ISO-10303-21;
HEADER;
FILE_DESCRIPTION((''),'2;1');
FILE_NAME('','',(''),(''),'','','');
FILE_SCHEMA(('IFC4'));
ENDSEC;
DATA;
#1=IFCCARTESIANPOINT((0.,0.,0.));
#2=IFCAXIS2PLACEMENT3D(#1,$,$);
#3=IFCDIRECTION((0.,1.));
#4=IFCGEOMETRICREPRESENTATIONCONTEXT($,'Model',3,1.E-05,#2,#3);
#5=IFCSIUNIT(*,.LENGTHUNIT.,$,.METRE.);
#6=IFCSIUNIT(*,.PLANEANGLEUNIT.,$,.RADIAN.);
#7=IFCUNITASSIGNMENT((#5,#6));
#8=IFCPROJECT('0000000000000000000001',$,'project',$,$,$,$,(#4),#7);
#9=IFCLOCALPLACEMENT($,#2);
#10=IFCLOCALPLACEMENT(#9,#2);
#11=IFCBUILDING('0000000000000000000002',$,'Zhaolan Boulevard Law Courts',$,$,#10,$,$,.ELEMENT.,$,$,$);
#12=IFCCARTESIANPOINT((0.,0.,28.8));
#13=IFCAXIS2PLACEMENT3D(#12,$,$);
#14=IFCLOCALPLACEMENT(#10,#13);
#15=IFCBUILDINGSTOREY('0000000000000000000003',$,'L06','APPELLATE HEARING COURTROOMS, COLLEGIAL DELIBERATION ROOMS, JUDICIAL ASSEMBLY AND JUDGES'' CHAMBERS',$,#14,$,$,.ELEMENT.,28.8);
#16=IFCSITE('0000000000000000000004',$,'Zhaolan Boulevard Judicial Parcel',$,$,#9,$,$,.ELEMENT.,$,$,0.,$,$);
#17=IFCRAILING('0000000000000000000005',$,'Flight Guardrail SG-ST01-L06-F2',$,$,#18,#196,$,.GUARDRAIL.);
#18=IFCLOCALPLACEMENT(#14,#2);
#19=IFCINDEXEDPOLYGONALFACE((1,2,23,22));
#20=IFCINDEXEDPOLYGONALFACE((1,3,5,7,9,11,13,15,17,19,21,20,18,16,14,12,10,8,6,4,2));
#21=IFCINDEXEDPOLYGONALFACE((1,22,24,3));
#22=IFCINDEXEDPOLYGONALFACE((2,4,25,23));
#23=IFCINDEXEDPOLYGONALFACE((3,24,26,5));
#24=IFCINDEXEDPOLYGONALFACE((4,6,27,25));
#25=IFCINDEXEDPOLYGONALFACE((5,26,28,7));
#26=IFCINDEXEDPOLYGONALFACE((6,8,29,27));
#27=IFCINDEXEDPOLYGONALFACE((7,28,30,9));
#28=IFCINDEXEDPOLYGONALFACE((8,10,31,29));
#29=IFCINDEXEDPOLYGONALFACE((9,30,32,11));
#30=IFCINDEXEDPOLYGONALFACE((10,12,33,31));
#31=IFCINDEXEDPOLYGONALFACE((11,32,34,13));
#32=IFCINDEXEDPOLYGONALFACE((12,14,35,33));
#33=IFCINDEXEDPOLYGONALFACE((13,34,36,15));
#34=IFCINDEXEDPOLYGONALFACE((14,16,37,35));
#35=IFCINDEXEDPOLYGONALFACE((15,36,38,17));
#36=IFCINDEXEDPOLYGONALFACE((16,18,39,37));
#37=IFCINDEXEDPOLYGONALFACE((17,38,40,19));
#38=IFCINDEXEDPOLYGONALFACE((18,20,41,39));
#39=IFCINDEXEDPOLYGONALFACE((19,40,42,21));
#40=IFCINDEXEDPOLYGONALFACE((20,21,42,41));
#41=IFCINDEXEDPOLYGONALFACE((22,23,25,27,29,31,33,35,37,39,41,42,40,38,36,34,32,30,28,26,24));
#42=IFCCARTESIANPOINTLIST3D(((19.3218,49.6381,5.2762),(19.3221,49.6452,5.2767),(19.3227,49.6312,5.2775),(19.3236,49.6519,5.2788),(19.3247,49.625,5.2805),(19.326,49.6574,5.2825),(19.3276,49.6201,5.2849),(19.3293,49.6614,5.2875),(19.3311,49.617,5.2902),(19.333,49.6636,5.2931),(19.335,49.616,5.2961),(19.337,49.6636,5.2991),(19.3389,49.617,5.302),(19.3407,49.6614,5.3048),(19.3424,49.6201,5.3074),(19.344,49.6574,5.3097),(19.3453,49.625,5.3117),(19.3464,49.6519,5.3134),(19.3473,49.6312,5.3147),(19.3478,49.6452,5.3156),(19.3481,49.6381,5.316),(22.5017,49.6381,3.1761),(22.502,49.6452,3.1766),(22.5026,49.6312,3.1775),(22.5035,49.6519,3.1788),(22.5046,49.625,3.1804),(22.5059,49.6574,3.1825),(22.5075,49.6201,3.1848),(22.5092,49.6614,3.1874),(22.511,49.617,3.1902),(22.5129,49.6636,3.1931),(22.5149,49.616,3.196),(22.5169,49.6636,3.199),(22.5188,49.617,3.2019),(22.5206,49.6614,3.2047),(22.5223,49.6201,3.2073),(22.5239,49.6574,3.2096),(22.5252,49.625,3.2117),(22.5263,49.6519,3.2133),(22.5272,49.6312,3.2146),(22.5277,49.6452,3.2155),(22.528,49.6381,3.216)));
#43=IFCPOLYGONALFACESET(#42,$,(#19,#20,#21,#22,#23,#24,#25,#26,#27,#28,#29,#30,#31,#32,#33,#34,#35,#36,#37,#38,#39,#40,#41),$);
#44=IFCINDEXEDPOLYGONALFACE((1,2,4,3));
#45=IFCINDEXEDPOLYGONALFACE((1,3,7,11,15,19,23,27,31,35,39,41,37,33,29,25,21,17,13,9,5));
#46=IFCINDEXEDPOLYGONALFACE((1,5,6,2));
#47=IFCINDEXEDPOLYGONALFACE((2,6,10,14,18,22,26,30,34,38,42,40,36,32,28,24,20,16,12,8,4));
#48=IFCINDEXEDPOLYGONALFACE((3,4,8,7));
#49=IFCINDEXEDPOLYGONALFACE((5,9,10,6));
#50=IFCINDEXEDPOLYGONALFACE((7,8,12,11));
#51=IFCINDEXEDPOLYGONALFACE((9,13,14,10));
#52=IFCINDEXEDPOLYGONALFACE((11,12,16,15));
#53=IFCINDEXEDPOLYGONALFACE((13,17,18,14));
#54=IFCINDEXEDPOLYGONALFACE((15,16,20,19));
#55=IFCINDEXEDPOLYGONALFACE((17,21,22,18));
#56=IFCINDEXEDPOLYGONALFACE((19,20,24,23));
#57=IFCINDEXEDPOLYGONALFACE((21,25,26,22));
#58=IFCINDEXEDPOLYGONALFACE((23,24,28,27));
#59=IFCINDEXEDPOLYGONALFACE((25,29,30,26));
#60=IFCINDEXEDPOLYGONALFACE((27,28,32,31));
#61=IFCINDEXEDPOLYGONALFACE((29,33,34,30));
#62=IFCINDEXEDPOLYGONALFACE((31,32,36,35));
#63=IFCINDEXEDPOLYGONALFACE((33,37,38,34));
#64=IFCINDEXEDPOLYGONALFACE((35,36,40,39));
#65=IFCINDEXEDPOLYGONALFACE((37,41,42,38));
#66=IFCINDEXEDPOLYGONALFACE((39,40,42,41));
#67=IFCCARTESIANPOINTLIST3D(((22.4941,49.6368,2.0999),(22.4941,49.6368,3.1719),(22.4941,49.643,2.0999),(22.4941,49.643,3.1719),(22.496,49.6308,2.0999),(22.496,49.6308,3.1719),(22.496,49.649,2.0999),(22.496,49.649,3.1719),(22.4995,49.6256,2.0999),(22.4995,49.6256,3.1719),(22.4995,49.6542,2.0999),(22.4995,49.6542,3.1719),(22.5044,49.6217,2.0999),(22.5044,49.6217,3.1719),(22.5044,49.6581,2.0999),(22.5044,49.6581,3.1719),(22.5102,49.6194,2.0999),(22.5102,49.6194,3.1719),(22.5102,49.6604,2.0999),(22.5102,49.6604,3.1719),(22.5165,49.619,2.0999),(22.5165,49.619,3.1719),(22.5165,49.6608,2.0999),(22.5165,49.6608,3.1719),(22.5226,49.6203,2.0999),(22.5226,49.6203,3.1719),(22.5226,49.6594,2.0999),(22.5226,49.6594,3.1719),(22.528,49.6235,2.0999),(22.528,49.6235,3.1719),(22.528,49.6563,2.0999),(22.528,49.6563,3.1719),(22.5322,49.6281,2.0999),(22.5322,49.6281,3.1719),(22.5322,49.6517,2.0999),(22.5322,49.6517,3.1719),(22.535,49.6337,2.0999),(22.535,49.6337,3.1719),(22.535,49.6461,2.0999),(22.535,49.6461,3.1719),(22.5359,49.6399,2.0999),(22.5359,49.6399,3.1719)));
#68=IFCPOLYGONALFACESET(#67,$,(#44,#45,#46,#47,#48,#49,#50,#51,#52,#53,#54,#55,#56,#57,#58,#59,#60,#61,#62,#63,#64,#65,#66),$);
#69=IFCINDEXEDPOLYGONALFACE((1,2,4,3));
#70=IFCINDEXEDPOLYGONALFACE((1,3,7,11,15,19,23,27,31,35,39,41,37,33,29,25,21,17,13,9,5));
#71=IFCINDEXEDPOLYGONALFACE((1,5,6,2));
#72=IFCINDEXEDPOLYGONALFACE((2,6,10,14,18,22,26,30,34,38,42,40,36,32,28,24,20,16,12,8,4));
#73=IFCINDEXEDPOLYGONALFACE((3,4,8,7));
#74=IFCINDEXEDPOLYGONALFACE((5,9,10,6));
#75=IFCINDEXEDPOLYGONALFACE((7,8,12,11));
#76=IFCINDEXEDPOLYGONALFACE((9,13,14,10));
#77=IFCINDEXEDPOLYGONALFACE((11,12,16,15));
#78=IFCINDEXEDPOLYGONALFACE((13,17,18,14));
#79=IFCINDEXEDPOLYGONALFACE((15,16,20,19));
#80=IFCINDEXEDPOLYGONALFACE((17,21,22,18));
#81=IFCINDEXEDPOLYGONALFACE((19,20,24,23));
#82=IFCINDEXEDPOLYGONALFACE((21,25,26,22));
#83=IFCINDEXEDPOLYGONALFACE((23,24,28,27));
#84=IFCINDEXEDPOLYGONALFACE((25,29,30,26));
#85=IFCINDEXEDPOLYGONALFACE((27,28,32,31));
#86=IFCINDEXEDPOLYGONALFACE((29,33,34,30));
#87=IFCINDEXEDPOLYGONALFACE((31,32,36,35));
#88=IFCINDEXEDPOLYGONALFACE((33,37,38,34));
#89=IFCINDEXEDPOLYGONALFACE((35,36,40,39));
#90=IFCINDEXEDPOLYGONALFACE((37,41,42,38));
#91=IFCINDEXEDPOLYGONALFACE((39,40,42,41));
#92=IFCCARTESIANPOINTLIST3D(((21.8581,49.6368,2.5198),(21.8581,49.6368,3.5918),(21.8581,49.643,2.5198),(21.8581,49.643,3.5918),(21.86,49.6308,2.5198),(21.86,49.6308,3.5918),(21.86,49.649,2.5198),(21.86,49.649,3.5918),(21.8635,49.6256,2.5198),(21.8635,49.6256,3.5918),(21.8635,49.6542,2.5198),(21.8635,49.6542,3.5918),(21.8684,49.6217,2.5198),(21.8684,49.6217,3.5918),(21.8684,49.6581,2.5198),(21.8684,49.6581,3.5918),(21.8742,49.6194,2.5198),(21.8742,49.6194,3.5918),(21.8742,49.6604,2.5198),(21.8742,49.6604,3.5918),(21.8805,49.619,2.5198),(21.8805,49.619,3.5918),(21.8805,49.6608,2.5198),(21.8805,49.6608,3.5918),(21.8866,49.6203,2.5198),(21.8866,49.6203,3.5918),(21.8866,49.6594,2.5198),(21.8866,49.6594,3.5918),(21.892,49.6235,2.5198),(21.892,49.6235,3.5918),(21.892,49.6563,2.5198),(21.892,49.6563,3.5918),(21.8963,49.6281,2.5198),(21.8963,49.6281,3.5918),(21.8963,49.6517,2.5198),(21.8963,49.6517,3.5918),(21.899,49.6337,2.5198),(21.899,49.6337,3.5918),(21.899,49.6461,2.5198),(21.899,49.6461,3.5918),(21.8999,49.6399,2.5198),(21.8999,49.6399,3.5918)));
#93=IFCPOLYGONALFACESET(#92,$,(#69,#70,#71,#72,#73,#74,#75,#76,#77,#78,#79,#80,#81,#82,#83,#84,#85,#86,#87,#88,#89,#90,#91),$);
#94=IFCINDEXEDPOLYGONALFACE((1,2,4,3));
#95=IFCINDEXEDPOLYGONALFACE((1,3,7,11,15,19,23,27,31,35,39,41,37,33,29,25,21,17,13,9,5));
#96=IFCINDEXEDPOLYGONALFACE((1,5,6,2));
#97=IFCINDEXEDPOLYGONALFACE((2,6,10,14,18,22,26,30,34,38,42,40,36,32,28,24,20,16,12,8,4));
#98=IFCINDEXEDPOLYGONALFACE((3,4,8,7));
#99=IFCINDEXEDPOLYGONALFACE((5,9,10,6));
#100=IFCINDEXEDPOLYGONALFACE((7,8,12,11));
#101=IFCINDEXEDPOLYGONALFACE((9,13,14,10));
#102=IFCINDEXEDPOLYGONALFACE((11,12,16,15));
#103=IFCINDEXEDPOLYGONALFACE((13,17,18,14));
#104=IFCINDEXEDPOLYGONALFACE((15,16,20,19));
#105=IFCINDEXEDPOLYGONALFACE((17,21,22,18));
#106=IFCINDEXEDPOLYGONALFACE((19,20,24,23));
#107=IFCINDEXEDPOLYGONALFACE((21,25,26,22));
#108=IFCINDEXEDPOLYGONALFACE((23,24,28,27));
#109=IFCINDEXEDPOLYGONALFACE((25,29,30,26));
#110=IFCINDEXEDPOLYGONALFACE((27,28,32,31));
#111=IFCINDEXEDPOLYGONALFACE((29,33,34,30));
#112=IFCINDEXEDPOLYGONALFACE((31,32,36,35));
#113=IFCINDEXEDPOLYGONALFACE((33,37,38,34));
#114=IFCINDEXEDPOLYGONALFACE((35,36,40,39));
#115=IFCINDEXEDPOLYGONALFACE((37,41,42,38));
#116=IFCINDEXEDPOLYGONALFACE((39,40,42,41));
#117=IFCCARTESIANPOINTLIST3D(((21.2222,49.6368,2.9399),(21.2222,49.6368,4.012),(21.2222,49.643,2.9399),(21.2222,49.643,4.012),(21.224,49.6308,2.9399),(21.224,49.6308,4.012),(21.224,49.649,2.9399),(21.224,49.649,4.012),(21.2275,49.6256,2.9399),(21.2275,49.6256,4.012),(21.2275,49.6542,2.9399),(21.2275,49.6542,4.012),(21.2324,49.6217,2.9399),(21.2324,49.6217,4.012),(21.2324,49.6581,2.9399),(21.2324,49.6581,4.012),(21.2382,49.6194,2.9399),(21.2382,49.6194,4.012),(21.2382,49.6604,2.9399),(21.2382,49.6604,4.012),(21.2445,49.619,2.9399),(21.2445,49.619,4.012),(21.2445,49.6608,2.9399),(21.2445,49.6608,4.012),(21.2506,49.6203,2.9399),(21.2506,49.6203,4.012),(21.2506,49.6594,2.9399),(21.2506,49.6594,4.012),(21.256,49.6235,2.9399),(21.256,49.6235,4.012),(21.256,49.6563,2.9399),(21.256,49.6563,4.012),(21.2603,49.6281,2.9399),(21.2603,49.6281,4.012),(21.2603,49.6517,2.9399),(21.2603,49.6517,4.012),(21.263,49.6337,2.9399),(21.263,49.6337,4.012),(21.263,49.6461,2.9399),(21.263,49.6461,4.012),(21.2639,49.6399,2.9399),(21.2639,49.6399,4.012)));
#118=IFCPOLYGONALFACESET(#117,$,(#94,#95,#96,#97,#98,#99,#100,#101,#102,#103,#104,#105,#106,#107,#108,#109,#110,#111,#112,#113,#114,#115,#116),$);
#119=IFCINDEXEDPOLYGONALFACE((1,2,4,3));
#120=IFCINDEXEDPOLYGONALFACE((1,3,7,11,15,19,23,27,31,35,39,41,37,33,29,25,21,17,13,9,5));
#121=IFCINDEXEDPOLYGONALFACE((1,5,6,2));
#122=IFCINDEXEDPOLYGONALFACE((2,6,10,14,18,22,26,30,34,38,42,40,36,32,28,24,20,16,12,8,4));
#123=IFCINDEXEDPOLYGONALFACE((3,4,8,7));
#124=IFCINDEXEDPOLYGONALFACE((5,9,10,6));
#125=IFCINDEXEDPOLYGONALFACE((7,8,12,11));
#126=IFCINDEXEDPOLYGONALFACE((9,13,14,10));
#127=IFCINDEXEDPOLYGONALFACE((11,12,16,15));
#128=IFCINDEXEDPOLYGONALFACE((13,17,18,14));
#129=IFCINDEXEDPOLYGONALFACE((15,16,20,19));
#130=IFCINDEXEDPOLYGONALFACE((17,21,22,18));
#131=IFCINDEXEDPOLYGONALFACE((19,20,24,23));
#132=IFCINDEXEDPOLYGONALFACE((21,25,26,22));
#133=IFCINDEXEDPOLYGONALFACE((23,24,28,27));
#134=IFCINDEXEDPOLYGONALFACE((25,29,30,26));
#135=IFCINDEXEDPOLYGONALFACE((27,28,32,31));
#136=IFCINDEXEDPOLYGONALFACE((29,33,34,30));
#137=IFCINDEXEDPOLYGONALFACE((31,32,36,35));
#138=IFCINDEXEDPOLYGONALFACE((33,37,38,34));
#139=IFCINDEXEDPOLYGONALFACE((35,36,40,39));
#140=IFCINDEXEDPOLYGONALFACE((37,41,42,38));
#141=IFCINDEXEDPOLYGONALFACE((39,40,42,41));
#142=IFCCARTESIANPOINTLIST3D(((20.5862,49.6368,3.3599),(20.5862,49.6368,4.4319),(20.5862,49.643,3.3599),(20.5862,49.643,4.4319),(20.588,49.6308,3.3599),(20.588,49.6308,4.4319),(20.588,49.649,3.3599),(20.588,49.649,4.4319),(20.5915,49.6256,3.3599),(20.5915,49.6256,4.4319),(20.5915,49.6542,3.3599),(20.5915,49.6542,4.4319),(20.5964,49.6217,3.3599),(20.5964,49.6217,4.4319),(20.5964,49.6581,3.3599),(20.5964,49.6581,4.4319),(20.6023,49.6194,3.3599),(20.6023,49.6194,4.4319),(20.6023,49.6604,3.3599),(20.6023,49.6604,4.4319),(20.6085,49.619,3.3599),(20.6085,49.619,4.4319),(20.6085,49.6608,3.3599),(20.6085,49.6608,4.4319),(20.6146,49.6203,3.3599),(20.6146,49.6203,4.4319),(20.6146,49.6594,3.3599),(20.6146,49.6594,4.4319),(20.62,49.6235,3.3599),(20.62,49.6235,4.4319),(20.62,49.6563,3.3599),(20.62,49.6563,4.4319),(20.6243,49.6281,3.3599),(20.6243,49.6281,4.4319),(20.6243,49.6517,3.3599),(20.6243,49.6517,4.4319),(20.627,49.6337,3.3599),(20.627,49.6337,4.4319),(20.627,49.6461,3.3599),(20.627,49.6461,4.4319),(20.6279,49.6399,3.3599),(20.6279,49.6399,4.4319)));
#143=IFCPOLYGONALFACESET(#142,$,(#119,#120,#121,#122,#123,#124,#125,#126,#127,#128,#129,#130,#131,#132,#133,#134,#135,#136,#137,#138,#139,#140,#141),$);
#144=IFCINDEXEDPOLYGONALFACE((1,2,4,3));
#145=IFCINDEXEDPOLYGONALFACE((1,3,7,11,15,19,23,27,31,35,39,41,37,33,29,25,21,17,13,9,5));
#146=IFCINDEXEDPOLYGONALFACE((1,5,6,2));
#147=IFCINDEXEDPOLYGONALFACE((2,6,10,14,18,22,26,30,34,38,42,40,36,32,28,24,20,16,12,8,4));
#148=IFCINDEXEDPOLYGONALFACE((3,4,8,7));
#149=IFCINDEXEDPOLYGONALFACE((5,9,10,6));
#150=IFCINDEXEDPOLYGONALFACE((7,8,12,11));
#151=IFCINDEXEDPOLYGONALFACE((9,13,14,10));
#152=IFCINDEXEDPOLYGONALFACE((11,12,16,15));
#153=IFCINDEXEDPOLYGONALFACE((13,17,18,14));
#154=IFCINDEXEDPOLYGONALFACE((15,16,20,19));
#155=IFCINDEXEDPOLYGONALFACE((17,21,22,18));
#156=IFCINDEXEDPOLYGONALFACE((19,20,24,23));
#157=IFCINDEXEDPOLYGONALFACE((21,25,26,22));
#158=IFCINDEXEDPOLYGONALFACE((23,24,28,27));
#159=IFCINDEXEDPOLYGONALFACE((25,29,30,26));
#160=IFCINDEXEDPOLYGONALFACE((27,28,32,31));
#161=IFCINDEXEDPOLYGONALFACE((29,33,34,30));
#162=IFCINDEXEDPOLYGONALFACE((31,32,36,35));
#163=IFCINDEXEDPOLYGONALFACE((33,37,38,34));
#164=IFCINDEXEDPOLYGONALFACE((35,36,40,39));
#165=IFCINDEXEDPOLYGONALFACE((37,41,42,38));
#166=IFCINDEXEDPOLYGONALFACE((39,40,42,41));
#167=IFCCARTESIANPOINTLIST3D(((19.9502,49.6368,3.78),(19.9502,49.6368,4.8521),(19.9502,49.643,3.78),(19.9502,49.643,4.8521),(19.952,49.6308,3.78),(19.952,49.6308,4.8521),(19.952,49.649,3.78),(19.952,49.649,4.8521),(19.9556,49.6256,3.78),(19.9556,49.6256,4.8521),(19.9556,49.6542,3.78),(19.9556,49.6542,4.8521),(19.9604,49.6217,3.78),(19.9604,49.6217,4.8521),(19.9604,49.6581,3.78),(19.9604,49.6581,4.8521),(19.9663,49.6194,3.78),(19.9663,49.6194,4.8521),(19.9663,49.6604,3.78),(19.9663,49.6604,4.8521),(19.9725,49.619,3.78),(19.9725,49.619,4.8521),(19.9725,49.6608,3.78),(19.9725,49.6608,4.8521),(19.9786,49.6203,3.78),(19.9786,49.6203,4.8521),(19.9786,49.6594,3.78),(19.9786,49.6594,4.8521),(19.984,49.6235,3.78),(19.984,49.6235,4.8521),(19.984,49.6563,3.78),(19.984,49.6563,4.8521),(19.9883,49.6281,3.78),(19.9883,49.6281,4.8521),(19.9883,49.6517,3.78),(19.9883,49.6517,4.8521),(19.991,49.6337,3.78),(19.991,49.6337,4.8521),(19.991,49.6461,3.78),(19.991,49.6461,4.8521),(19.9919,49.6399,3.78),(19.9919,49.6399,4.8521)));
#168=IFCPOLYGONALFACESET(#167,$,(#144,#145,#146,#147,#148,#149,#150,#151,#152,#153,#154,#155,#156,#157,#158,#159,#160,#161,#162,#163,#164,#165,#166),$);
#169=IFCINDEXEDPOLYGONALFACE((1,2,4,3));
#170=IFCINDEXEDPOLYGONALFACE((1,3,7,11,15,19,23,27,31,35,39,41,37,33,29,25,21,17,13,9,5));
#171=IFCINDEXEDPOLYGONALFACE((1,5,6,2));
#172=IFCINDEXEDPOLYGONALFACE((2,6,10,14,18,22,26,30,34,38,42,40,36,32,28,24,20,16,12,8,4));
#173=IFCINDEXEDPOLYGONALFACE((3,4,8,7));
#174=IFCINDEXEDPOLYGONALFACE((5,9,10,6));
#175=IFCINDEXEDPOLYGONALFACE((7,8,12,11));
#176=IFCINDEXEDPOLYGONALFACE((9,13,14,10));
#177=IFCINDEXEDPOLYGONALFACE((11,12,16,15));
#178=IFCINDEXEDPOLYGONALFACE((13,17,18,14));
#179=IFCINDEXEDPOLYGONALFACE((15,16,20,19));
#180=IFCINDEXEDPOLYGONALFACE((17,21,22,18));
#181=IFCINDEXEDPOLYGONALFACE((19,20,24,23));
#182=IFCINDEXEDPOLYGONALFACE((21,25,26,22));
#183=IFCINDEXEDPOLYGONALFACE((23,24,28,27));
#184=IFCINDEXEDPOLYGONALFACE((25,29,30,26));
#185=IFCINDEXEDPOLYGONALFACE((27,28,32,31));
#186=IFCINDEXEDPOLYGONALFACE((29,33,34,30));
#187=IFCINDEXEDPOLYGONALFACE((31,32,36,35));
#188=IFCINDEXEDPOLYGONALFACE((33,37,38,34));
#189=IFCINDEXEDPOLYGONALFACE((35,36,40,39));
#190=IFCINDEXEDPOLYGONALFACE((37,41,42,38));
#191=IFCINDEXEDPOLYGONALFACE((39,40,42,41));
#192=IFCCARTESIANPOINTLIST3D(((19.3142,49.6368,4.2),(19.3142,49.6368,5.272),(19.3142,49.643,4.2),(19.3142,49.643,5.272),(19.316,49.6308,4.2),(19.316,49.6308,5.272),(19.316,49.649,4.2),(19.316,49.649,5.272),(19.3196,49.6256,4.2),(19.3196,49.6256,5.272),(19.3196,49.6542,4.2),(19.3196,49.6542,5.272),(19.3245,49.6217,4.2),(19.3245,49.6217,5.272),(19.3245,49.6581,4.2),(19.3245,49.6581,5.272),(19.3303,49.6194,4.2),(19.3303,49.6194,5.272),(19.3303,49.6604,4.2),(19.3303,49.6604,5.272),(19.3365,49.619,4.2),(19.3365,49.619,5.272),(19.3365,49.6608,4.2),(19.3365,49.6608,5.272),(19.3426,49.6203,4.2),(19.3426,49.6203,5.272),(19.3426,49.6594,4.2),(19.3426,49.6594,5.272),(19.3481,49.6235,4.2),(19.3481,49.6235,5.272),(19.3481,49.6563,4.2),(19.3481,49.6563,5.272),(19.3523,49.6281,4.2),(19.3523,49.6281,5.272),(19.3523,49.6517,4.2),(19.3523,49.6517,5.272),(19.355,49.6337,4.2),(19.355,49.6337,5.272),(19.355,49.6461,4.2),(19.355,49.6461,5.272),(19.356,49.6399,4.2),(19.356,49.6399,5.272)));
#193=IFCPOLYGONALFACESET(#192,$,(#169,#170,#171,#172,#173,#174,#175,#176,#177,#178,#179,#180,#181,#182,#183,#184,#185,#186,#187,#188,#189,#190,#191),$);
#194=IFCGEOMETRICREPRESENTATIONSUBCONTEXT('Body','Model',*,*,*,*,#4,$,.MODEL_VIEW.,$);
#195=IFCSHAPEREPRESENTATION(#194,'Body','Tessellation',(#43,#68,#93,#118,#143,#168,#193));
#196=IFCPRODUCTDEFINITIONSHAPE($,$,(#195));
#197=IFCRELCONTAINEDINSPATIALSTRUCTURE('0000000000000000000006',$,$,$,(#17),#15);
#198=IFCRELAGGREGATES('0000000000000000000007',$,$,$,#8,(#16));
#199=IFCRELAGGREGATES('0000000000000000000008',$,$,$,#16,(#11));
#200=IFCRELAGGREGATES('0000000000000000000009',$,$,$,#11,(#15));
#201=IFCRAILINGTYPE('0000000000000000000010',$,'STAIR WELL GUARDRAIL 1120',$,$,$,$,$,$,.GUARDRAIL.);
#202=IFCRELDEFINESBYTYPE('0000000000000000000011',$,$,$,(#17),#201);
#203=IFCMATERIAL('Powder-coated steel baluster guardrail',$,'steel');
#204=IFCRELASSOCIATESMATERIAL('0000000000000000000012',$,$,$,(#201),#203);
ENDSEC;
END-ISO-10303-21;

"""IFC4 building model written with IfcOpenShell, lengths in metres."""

from ifc_helpers import new_model, si_unit, direction, frame, origin, origin_2d, place, context, subcontext, project, spatial, circle, extrude, material, type_object, element, save


model = new_model("IFC4")

# Units and contexts
model_context = context("Model", 3, precision=1e-05, world=origin(), true_north=direction((0.0, 1.0)))
body_context = subcontext(model_context, "Body", "Model", "MODEL_VIEW")
ifc_project = project(units=[si_unit("LENGTHUNIT", "METRE"), si_unit("PLANEANGLEUNIT", "RADIAN")], contexts=[model_context])

# Site, building, storey
site_placement = place(None, origin())
site = spatial("IfcSite", under=ifc_project, at=site_placement, Name="Zhaolan Boulevard Judicial Parcel", CompositionType="ELEMENT", RefElevation=0.0)
building_placement = place(site_placement, origin())
building = spatial("IfcBuilding", under=site, at=building_placement, Name="Zhaolan Boulevard Law Courts", CompositionType="ELEMENT")
storey_placement = place(building_placement, frame((0.0, 0.0, 28.8)))
storey = spatial("IfcBuildingStorey", under=building, at=storey_placement, Name="L06", Description="APPELLATE HEARING COURTROOMS, COLLEGIAL DELIBERATION ROOMS, JUDICIAL ASSEMBLY AND JUDGES' CHAMBERS", CompositionType="ELEMENT", Elevation=28.8)

# Railing
ifc_material_1 = material(Name="Powder-coated steel baluster guardrail", Category="steel")
railing_type_1 = type_object("IfcRailingType", Name="STAIR WELL GUARDRAIL 1120", PredefinedType="GUARDRAIL", material=ifc_material_1)
railing_1_placement = place(storey_placement, frame((22.5149, 49.6399, 2.0999)))
element("IfcRailing", 1, at=railing_1_placement, inside=storey, type_object=railing_type_1, Name="Flight Guardrail SG-ST01-L06-F2", PredefinedType="GUARDRAIL", context=body_context, shape_type="SweptSolid", body=[
    extrude(circle(Radius=0.0239, at=origin_2d()), frame((0.0, 0.0, 1.0962), z_axis=(-0.834447, 0.0, 0.551088), x_axis=(0.0, -1.0, 0.0)), (0.0, 0.0, 1.0), 3.8108),
    extrude(circle(Radius=0.021, at=origin_2d()), origin(), (0.0, 0.0, 1.0), 1.072),
    extrude(circle(Radius=0.021, at=origin_2d()), frame((-0.636, 0.0, 0.4199)), (0.0, 0.0, 1.0), 1.072),
    extrude(circle(Radius=0.021, at=origin_2d()), frame((-1.272, 0.0, 0.8401)), (0.0, 0.0, 1.0), 1.072),
    extrude(circle(Radius=0.021, at=origin_2d()), frame((-1.908, 0.0, 1.26)), (0.0, 0.0, 1.0), 1.072),
    extrude(circle(Radius=0.021, at=origin_2d()), frame((-2.5439, 0.0, 1.6802)), (0.0, 0.0, 1.0), 1.072),
    extrude(circle(Radius=0.021, at=origin_2d()), frame((-3.1799, 0.0, 2.1001)), (0.0, 0.0, 1.0), 1.072),
])

save(model, "model.ifc")
